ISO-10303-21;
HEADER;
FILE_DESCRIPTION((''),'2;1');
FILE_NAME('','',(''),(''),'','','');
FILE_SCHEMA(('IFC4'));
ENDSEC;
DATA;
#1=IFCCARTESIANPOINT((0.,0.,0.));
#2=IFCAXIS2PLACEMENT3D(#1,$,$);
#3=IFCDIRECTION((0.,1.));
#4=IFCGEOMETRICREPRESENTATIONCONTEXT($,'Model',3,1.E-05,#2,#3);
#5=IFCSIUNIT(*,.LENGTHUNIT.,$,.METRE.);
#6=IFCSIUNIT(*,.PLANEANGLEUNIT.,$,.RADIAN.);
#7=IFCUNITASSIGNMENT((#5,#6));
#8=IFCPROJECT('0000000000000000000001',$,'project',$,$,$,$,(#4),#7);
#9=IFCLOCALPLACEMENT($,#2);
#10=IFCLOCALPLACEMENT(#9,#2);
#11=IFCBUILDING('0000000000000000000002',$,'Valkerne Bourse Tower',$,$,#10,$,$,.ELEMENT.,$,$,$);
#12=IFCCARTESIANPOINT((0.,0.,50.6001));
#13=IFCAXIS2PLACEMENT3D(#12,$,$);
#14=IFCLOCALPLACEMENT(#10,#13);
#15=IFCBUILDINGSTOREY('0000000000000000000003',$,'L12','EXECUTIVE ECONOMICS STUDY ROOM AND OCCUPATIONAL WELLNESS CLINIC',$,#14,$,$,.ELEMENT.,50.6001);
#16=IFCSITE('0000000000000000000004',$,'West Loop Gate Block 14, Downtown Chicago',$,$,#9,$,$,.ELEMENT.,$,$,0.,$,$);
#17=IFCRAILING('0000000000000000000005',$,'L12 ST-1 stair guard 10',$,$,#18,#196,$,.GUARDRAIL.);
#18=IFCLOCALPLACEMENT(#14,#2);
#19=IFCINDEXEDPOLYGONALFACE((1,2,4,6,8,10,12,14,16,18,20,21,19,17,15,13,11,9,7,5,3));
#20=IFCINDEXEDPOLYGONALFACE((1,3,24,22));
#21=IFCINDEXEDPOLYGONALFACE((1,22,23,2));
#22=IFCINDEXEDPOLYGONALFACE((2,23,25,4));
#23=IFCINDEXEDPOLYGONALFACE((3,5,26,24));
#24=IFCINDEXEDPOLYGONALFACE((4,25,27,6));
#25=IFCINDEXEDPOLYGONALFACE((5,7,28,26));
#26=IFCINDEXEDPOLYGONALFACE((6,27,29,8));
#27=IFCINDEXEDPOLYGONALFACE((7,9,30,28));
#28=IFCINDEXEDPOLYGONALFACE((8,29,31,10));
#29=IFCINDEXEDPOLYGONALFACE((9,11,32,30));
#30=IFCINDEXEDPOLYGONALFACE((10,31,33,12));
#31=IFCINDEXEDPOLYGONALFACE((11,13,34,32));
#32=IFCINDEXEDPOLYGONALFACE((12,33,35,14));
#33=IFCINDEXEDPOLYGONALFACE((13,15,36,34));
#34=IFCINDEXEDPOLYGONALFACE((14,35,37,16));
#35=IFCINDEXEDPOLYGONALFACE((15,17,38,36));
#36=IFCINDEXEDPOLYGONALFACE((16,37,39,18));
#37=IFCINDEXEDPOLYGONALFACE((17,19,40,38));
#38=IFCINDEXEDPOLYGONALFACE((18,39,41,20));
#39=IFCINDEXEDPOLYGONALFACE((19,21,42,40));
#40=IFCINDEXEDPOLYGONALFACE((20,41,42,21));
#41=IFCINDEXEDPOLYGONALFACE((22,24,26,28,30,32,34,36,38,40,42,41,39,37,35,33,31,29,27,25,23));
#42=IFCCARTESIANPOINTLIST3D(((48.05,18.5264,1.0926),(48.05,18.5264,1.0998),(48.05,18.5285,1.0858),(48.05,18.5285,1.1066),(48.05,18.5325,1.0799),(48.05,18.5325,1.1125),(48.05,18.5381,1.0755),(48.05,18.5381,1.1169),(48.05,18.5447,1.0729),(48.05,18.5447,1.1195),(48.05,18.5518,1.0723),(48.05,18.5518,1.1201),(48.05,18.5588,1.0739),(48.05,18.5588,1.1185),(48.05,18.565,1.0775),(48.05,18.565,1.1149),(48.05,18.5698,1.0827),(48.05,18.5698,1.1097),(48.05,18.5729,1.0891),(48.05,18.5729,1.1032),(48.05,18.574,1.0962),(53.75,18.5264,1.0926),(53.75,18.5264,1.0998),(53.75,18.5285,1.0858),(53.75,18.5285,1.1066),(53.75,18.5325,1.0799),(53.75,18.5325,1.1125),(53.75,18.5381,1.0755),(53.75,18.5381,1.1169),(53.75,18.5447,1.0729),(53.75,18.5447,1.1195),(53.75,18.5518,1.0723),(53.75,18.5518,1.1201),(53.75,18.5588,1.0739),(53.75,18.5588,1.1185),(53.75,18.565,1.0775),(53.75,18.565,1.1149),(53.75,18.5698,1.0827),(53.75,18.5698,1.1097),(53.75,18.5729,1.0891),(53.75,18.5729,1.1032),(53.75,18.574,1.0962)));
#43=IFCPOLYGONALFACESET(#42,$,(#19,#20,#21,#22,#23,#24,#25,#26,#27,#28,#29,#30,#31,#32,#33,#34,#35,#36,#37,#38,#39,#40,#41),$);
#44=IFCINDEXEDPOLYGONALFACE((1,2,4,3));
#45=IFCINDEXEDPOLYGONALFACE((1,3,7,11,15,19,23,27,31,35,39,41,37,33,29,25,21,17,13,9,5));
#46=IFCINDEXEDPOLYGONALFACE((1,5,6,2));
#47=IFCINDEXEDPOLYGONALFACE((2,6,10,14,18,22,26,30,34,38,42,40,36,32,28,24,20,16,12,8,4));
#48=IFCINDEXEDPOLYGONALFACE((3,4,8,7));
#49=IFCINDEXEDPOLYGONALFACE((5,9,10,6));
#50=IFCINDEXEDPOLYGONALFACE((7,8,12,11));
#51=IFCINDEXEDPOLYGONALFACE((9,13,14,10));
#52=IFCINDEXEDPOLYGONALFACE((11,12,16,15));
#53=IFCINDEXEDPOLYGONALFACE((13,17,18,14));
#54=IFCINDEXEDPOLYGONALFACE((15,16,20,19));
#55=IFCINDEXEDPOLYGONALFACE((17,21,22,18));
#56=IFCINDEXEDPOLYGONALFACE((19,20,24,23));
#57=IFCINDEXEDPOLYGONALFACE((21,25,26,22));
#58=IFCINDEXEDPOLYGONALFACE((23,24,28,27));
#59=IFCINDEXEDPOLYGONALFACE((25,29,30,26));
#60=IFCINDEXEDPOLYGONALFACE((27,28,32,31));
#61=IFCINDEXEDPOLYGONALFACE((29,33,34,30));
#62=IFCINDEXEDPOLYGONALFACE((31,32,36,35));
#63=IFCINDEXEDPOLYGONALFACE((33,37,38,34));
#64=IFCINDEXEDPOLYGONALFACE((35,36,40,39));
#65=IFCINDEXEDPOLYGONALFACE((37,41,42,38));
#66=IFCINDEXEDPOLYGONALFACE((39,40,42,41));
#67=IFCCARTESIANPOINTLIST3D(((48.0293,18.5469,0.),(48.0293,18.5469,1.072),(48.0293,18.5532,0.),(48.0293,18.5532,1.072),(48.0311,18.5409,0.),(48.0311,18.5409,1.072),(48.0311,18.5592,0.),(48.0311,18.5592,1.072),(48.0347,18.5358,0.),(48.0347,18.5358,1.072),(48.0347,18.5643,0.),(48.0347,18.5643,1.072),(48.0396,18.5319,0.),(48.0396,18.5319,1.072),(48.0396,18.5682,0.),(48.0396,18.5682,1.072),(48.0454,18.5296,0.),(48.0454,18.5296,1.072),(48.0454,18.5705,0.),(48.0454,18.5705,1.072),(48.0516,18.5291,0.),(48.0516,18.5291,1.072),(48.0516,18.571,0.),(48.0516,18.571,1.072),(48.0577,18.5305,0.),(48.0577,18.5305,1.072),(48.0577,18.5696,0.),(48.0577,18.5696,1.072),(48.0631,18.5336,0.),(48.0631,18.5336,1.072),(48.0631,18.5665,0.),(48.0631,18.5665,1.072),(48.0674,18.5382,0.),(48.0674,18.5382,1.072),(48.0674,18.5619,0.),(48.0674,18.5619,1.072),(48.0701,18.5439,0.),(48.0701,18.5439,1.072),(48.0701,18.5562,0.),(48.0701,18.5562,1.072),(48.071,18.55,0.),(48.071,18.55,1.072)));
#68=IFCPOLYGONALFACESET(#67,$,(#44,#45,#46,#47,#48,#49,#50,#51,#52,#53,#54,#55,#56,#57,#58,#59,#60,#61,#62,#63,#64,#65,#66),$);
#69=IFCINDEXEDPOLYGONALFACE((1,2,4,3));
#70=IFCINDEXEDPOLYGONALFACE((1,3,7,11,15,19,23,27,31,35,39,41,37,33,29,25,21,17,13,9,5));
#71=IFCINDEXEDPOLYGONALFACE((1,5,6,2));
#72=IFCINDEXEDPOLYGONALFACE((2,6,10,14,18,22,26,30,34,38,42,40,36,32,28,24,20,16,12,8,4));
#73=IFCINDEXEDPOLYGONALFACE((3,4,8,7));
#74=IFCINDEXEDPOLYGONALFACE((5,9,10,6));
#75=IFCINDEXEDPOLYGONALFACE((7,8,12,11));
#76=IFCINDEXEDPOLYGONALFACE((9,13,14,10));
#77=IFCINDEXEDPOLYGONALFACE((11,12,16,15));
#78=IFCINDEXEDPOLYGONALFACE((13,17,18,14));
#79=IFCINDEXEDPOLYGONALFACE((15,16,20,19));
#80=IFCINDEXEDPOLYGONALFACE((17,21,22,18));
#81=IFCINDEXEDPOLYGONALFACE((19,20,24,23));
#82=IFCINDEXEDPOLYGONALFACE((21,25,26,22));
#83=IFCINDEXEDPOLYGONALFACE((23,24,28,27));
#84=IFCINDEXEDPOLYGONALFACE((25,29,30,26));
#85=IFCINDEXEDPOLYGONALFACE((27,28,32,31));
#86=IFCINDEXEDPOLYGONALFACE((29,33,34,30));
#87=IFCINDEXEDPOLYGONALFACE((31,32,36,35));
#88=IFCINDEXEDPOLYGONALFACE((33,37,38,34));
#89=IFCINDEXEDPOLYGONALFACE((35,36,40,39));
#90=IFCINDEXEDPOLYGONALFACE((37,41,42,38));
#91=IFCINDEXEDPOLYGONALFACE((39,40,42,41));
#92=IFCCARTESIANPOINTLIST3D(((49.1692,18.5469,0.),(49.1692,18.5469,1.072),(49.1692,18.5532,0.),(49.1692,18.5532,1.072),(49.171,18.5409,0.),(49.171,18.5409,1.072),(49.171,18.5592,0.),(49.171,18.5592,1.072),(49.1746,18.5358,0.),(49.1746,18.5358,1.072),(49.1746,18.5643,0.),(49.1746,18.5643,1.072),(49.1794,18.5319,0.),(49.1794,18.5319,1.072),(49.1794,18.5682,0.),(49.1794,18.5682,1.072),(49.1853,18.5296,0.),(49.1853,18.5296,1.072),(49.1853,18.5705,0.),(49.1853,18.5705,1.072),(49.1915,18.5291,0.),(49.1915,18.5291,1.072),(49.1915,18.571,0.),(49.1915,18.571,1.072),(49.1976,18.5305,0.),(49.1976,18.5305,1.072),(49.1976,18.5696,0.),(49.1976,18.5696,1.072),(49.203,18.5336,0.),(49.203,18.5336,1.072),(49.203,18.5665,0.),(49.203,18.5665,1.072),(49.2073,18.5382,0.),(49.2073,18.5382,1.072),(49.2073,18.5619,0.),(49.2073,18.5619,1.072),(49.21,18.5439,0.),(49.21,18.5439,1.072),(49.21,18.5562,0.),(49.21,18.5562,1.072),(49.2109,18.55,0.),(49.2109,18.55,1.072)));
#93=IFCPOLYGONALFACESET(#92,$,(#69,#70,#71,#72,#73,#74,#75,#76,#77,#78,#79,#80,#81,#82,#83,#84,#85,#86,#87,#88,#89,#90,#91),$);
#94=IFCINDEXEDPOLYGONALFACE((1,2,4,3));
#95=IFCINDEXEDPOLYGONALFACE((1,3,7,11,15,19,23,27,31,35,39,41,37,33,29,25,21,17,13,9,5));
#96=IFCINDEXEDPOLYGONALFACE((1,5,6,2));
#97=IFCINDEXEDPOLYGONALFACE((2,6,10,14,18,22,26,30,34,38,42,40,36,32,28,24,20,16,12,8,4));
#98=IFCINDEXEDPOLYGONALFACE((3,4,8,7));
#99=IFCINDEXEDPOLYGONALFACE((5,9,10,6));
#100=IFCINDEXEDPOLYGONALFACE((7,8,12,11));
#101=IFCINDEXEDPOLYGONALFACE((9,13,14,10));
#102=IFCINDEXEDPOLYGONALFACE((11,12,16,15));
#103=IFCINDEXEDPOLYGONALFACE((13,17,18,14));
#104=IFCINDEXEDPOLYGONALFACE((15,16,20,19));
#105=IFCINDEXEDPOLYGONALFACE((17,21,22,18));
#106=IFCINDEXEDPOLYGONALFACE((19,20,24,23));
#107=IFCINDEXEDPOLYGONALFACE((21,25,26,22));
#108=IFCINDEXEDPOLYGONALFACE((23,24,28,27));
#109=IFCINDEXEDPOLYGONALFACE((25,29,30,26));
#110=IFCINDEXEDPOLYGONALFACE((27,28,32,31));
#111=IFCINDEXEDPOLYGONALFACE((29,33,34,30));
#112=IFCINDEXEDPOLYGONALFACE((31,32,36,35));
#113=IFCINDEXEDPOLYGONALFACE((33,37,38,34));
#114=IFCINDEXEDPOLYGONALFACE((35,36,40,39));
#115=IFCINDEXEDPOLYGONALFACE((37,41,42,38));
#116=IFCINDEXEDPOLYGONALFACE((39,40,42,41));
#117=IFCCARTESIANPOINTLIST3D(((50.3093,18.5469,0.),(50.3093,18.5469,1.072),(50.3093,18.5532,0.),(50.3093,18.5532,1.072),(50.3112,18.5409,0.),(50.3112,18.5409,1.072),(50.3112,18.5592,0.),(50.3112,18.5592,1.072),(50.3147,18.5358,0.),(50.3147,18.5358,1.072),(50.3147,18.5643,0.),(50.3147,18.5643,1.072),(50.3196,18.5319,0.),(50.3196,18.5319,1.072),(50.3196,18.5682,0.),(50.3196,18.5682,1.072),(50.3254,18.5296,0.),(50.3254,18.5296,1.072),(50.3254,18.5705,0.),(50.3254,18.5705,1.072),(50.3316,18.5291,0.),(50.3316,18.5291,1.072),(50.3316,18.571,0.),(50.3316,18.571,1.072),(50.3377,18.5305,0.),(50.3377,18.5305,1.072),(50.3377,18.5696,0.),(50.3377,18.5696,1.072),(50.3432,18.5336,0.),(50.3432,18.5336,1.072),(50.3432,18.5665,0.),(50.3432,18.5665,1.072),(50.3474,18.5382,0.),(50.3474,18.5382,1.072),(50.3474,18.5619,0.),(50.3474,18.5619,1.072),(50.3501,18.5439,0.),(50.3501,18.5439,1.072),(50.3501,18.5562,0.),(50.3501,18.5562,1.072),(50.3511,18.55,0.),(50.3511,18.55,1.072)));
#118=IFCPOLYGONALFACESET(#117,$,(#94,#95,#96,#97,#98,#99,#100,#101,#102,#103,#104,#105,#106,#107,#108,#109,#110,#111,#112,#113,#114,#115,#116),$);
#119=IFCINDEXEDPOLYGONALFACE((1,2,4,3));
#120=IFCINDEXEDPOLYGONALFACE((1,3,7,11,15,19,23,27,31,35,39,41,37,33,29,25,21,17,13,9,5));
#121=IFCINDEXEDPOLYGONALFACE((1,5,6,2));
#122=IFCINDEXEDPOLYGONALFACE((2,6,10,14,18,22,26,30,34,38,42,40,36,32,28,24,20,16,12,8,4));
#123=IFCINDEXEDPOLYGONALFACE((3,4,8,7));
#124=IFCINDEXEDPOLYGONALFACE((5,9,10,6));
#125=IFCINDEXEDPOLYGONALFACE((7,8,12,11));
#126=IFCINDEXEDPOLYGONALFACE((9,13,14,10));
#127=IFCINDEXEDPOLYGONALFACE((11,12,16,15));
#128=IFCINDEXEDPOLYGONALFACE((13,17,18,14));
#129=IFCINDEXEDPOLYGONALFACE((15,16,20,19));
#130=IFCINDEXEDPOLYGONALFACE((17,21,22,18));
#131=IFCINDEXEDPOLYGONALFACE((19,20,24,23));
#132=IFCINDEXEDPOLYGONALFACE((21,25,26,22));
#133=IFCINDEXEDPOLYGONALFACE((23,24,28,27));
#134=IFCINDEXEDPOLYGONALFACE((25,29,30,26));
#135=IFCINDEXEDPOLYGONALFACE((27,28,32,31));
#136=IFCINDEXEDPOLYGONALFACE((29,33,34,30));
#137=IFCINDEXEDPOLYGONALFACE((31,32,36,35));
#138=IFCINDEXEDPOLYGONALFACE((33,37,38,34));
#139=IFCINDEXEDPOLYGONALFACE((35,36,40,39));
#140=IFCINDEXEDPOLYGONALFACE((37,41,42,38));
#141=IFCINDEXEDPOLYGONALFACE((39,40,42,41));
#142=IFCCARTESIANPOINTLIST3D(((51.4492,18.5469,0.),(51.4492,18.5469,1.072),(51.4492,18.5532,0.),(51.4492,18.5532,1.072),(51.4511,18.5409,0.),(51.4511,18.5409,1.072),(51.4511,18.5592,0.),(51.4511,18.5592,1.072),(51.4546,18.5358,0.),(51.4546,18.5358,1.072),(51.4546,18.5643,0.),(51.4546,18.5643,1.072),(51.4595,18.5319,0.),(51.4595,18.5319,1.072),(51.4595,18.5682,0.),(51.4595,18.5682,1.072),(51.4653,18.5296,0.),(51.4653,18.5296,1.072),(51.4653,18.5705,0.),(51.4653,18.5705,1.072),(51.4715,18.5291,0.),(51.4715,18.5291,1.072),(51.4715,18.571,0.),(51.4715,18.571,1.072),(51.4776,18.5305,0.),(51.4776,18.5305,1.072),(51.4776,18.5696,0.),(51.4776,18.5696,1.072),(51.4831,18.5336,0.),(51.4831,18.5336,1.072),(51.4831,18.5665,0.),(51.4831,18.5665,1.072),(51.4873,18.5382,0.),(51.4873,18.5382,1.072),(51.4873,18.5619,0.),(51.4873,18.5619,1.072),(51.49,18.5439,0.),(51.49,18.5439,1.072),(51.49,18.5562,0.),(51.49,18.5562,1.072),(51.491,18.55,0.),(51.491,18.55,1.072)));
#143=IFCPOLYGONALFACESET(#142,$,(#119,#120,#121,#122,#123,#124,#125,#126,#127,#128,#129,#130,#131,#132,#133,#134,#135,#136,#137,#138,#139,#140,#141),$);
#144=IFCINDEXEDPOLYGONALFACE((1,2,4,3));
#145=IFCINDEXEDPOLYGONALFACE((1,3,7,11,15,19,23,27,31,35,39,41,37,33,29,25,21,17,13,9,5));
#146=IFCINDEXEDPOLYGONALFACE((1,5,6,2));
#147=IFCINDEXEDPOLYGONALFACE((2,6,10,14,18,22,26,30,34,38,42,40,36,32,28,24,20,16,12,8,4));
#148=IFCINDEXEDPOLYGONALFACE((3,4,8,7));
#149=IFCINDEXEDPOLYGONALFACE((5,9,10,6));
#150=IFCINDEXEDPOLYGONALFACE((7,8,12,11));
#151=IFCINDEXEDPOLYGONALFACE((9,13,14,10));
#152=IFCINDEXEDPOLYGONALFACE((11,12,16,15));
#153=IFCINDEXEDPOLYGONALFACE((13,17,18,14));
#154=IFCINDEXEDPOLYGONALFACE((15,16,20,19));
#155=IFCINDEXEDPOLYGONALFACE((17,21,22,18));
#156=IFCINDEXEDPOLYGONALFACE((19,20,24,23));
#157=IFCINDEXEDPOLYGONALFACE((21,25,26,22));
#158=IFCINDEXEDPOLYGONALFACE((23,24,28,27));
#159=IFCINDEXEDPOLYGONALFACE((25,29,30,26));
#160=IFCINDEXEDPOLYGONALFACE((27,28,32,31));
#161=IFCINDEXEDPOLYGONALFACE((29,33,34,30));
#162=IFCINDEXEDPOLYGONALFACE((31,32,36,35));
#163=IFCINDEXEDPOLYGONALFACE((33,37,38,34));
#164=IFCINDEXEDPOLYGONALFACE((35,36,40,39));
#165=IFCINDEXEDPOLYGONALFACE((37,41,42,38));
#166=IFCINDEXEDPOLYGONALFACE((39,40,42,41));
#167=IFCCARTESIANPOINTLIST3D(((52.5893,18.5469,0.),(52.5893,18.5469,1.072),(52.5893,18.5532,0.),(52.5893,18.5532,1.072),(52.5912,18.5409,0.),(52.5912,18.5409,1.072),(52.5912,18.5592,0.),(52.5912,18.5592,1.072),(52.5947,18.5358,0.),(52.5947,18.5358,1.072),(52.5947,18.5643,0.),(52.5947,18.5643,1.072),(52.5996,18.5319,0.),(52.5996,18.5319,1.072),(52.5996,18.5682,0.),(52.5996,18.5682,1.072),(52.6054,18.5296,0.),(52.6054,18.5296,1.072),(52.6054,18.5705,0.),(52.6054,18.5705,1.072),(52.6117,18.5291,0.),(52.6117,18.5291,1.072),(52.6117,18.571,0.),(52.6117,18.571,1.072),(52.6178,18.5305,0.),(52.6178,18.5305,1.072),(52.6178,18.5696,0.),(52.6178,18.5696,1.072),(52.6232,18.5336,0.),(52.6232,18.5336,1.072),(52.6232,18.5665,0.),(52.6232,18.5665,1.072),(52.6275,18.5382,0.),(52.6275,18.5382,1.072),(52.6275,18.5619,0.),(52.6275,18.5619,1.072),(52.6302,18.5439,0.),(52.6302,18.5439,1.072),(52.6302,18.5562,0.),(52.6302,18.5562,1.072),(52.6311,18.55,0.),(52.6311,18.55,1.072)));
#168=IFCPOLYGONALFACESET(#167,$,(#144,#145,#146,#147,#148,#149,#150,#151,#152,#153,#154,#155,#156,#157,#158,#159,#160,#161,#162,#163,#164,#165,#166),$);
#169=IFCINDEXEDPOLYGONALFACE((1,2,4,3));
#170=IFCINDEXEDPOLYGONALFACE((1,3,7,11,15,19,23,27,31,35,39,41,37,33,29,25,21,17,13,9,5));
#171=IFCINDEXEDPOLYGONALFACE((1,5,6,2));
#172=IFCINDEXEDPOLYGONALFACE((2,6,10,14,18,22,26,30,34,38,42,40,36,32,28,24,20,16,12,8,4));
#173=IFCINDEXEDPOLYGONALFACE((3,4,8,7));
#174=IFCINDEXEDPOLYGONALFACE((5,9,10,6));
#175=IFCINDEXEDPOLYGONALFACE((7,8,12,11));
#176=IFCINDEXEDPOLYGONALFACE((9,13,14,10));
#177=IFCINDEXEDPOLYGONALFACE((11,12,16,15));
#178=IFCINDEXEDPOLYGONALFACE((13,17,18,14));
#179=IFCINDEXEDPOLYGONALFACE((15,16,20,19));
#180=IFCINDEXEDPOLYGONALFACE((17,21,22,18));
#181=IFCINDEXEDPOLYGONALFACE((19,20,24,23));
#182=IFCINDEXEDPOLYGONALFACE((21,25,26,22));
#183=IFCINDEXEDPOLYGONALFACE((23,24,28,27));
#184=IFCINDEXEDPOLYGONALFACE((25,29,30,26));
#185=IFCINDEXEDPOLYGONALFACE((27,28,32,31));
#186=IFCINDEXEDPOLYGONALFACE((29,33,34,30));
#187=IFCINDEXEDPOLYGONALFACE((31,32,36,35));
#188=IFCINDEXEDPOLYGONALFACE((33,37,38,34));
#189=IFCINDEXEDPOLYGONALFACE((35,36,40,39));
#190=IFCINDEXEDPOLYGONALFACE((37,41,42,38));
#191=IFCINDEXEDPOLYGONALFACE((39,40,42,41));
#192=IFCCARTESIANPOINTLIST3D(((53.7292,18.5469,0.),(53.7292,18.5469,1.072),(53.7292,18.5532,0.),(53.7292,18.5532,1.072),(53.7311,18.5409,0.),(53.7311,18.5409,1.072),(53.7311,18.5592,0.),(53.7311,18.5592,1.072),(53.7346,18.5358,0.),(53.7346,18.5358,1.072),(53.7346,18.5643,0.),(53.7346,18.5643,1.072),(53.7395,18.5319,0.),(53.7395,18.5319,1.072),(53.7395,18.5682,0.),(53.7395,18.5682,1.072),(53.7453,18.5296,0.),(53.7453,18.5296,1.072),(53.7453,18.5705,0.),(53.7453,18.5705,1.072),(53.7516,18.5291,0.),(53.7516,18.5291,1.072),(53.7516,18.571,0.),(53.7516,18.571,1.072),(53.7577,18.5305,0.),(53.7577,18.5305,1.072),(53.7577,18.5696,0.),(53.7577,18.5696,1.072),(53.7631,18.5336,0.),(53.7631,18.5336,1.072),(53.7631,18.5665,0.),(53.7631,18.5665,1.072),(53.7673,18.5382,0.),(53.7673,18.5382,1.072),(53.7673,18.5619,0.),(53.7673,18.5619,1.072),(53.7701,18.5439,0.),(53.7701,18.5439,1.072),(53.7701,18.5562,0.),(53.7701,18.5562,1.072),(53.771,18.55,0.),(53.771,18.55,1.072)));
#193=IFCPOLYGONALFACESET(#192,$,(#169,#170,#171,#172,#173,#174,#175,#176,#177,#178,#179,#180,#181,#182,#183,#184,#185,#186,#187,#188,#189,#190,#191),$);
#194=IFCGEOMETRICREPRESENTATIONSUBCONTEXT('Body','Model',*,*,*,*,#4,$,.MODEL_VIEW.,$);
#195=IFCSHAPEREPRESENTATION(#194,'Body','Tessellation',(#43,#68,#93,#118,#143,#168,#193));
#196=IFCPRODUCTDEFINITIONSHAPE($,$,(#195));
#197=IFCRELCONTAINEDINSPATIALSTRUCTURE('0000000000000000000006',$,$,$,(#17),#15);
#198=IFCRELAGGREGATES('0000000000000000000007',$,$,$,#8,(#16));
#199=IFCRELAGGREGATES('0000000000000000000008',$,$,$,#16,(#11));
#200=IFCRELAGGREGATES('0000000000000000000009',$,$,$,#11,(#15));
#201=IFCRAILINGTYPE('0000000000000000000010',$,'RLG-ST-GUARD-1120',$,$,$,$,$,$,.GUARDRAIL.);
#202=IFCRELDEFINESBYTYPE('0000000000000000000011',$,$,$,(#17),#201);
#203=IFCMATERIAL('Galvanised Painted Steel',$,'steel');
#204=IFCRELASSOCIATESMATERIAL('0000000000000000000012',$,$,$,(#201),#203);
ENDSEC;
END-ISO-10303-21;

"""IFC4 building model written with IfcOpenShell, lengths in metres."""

from ifc_helpers import new_model, si_unit, direction, frame, origin, origin_2d, place, context, subcontext, project, spatial, circle, extrude, material, type_object, element, save


model = new_model("IFC4")

# Units and contexts
model_context = context("Model", 3, precision=1e-05, world=origin(), true_north=direction((0.0, 1.0)))
body_context = subcontext(model_context, "Body", "Model", "MODEL_VIEW")
ifc_project = project(units=[si_unit("LENGTHUNIT", "METRE"), si_unit("PLANEANGLEUNIT", "RADIAN")], contexts=[model_context])

# Site, building, storey
site_placement = place(None, origin())
site = spatial("IfcSite", under=ifc_project, at=site_placement, Name="West Loop Gate Block 14, Downtown Chicago", CompositionType="ELEMENT", RefElevation=0.0)
building_placement = place(site_placement, origin())
building = spatial("IfcBuilding", under=site, at=building_placement, Name="Valkerne Bourse Tower", CompositionType="ELEMENT")
storey_placement = place(building_placement, frame((0.0, 0.0, 50.6001)))
storey = spatial("IfcBuildingStorey", under=building, at=storey_placement, Name="L12", Description="EXECUTIVE ECONOMICS STUDY ROOM AND OCCUPATIONAL WELLNESS CLINIC", CompositionType="ELEMENT", Elevation=50.6001)

# Shared definitions
ifc_material_1 = material(Name="Galvanised Painted Steel", Category="steel")

# Railing
railing_type = type_object("IfcRailingType", Name="RLG-ST-GUARD-1120", PredefinedType="GUARDRAIL", material=ifc_material_1)
for number, where, name in (
    (1, (48.05, 18.55, 0.0), "L12 ST-1 stair guard 10"),
):
    element("IfcRailing", number, at=place(storey_placement, frame(where)), inside=storey, type_object=railing_type, Name=name, PredefinedType="GUARDRAIL", context=body_context, shape_type="SweptSolid", body=[
        extrude(circle(Radius=0.0239, at=origin_2d()), frame((0.0, 0.0, 1.0962), z_axis=(1.0, 0.0, 0.0), x_axis=(0.0, 1.0, 0.0)), (0.0, 0.0, 1.0), 5.7),
        extrude(circle(Radius=0.021, at=origin_2d()), origin(), (0.0, 0.0, 1.0), 1.072),
        extrude(circle(Radius=0.021, at=origin_2d()), frame((1.1399, 0.0, 0.0)), (0.0, 0.0, 1.0), 1.072),
        extrude(circle(Radius=0.021, at=origin_2d()), frame((2.28, 0.0, 0.0)), (0.0, 0.0, 1.0), 1.072),
        extrude(circle(Radius=0.021, at=origin_2d()), frame((3.4199, 0.0, 0.0)), (0.0, 0.0, 1.0), 1.072),
        extrude(circle(Radius=0.021, at=origin_2d()), frame((4.5601, 0.0, 0.0)), (0.0, 0.0, 1.0), 1.072),
        extrude(circle(Radius=0.021, at=origin_2d()), frame((5.7, 0.0, 0.0)), (0.0, 0.0, 1.0), 1.072),
    ])

save(model, "model.ifc")
